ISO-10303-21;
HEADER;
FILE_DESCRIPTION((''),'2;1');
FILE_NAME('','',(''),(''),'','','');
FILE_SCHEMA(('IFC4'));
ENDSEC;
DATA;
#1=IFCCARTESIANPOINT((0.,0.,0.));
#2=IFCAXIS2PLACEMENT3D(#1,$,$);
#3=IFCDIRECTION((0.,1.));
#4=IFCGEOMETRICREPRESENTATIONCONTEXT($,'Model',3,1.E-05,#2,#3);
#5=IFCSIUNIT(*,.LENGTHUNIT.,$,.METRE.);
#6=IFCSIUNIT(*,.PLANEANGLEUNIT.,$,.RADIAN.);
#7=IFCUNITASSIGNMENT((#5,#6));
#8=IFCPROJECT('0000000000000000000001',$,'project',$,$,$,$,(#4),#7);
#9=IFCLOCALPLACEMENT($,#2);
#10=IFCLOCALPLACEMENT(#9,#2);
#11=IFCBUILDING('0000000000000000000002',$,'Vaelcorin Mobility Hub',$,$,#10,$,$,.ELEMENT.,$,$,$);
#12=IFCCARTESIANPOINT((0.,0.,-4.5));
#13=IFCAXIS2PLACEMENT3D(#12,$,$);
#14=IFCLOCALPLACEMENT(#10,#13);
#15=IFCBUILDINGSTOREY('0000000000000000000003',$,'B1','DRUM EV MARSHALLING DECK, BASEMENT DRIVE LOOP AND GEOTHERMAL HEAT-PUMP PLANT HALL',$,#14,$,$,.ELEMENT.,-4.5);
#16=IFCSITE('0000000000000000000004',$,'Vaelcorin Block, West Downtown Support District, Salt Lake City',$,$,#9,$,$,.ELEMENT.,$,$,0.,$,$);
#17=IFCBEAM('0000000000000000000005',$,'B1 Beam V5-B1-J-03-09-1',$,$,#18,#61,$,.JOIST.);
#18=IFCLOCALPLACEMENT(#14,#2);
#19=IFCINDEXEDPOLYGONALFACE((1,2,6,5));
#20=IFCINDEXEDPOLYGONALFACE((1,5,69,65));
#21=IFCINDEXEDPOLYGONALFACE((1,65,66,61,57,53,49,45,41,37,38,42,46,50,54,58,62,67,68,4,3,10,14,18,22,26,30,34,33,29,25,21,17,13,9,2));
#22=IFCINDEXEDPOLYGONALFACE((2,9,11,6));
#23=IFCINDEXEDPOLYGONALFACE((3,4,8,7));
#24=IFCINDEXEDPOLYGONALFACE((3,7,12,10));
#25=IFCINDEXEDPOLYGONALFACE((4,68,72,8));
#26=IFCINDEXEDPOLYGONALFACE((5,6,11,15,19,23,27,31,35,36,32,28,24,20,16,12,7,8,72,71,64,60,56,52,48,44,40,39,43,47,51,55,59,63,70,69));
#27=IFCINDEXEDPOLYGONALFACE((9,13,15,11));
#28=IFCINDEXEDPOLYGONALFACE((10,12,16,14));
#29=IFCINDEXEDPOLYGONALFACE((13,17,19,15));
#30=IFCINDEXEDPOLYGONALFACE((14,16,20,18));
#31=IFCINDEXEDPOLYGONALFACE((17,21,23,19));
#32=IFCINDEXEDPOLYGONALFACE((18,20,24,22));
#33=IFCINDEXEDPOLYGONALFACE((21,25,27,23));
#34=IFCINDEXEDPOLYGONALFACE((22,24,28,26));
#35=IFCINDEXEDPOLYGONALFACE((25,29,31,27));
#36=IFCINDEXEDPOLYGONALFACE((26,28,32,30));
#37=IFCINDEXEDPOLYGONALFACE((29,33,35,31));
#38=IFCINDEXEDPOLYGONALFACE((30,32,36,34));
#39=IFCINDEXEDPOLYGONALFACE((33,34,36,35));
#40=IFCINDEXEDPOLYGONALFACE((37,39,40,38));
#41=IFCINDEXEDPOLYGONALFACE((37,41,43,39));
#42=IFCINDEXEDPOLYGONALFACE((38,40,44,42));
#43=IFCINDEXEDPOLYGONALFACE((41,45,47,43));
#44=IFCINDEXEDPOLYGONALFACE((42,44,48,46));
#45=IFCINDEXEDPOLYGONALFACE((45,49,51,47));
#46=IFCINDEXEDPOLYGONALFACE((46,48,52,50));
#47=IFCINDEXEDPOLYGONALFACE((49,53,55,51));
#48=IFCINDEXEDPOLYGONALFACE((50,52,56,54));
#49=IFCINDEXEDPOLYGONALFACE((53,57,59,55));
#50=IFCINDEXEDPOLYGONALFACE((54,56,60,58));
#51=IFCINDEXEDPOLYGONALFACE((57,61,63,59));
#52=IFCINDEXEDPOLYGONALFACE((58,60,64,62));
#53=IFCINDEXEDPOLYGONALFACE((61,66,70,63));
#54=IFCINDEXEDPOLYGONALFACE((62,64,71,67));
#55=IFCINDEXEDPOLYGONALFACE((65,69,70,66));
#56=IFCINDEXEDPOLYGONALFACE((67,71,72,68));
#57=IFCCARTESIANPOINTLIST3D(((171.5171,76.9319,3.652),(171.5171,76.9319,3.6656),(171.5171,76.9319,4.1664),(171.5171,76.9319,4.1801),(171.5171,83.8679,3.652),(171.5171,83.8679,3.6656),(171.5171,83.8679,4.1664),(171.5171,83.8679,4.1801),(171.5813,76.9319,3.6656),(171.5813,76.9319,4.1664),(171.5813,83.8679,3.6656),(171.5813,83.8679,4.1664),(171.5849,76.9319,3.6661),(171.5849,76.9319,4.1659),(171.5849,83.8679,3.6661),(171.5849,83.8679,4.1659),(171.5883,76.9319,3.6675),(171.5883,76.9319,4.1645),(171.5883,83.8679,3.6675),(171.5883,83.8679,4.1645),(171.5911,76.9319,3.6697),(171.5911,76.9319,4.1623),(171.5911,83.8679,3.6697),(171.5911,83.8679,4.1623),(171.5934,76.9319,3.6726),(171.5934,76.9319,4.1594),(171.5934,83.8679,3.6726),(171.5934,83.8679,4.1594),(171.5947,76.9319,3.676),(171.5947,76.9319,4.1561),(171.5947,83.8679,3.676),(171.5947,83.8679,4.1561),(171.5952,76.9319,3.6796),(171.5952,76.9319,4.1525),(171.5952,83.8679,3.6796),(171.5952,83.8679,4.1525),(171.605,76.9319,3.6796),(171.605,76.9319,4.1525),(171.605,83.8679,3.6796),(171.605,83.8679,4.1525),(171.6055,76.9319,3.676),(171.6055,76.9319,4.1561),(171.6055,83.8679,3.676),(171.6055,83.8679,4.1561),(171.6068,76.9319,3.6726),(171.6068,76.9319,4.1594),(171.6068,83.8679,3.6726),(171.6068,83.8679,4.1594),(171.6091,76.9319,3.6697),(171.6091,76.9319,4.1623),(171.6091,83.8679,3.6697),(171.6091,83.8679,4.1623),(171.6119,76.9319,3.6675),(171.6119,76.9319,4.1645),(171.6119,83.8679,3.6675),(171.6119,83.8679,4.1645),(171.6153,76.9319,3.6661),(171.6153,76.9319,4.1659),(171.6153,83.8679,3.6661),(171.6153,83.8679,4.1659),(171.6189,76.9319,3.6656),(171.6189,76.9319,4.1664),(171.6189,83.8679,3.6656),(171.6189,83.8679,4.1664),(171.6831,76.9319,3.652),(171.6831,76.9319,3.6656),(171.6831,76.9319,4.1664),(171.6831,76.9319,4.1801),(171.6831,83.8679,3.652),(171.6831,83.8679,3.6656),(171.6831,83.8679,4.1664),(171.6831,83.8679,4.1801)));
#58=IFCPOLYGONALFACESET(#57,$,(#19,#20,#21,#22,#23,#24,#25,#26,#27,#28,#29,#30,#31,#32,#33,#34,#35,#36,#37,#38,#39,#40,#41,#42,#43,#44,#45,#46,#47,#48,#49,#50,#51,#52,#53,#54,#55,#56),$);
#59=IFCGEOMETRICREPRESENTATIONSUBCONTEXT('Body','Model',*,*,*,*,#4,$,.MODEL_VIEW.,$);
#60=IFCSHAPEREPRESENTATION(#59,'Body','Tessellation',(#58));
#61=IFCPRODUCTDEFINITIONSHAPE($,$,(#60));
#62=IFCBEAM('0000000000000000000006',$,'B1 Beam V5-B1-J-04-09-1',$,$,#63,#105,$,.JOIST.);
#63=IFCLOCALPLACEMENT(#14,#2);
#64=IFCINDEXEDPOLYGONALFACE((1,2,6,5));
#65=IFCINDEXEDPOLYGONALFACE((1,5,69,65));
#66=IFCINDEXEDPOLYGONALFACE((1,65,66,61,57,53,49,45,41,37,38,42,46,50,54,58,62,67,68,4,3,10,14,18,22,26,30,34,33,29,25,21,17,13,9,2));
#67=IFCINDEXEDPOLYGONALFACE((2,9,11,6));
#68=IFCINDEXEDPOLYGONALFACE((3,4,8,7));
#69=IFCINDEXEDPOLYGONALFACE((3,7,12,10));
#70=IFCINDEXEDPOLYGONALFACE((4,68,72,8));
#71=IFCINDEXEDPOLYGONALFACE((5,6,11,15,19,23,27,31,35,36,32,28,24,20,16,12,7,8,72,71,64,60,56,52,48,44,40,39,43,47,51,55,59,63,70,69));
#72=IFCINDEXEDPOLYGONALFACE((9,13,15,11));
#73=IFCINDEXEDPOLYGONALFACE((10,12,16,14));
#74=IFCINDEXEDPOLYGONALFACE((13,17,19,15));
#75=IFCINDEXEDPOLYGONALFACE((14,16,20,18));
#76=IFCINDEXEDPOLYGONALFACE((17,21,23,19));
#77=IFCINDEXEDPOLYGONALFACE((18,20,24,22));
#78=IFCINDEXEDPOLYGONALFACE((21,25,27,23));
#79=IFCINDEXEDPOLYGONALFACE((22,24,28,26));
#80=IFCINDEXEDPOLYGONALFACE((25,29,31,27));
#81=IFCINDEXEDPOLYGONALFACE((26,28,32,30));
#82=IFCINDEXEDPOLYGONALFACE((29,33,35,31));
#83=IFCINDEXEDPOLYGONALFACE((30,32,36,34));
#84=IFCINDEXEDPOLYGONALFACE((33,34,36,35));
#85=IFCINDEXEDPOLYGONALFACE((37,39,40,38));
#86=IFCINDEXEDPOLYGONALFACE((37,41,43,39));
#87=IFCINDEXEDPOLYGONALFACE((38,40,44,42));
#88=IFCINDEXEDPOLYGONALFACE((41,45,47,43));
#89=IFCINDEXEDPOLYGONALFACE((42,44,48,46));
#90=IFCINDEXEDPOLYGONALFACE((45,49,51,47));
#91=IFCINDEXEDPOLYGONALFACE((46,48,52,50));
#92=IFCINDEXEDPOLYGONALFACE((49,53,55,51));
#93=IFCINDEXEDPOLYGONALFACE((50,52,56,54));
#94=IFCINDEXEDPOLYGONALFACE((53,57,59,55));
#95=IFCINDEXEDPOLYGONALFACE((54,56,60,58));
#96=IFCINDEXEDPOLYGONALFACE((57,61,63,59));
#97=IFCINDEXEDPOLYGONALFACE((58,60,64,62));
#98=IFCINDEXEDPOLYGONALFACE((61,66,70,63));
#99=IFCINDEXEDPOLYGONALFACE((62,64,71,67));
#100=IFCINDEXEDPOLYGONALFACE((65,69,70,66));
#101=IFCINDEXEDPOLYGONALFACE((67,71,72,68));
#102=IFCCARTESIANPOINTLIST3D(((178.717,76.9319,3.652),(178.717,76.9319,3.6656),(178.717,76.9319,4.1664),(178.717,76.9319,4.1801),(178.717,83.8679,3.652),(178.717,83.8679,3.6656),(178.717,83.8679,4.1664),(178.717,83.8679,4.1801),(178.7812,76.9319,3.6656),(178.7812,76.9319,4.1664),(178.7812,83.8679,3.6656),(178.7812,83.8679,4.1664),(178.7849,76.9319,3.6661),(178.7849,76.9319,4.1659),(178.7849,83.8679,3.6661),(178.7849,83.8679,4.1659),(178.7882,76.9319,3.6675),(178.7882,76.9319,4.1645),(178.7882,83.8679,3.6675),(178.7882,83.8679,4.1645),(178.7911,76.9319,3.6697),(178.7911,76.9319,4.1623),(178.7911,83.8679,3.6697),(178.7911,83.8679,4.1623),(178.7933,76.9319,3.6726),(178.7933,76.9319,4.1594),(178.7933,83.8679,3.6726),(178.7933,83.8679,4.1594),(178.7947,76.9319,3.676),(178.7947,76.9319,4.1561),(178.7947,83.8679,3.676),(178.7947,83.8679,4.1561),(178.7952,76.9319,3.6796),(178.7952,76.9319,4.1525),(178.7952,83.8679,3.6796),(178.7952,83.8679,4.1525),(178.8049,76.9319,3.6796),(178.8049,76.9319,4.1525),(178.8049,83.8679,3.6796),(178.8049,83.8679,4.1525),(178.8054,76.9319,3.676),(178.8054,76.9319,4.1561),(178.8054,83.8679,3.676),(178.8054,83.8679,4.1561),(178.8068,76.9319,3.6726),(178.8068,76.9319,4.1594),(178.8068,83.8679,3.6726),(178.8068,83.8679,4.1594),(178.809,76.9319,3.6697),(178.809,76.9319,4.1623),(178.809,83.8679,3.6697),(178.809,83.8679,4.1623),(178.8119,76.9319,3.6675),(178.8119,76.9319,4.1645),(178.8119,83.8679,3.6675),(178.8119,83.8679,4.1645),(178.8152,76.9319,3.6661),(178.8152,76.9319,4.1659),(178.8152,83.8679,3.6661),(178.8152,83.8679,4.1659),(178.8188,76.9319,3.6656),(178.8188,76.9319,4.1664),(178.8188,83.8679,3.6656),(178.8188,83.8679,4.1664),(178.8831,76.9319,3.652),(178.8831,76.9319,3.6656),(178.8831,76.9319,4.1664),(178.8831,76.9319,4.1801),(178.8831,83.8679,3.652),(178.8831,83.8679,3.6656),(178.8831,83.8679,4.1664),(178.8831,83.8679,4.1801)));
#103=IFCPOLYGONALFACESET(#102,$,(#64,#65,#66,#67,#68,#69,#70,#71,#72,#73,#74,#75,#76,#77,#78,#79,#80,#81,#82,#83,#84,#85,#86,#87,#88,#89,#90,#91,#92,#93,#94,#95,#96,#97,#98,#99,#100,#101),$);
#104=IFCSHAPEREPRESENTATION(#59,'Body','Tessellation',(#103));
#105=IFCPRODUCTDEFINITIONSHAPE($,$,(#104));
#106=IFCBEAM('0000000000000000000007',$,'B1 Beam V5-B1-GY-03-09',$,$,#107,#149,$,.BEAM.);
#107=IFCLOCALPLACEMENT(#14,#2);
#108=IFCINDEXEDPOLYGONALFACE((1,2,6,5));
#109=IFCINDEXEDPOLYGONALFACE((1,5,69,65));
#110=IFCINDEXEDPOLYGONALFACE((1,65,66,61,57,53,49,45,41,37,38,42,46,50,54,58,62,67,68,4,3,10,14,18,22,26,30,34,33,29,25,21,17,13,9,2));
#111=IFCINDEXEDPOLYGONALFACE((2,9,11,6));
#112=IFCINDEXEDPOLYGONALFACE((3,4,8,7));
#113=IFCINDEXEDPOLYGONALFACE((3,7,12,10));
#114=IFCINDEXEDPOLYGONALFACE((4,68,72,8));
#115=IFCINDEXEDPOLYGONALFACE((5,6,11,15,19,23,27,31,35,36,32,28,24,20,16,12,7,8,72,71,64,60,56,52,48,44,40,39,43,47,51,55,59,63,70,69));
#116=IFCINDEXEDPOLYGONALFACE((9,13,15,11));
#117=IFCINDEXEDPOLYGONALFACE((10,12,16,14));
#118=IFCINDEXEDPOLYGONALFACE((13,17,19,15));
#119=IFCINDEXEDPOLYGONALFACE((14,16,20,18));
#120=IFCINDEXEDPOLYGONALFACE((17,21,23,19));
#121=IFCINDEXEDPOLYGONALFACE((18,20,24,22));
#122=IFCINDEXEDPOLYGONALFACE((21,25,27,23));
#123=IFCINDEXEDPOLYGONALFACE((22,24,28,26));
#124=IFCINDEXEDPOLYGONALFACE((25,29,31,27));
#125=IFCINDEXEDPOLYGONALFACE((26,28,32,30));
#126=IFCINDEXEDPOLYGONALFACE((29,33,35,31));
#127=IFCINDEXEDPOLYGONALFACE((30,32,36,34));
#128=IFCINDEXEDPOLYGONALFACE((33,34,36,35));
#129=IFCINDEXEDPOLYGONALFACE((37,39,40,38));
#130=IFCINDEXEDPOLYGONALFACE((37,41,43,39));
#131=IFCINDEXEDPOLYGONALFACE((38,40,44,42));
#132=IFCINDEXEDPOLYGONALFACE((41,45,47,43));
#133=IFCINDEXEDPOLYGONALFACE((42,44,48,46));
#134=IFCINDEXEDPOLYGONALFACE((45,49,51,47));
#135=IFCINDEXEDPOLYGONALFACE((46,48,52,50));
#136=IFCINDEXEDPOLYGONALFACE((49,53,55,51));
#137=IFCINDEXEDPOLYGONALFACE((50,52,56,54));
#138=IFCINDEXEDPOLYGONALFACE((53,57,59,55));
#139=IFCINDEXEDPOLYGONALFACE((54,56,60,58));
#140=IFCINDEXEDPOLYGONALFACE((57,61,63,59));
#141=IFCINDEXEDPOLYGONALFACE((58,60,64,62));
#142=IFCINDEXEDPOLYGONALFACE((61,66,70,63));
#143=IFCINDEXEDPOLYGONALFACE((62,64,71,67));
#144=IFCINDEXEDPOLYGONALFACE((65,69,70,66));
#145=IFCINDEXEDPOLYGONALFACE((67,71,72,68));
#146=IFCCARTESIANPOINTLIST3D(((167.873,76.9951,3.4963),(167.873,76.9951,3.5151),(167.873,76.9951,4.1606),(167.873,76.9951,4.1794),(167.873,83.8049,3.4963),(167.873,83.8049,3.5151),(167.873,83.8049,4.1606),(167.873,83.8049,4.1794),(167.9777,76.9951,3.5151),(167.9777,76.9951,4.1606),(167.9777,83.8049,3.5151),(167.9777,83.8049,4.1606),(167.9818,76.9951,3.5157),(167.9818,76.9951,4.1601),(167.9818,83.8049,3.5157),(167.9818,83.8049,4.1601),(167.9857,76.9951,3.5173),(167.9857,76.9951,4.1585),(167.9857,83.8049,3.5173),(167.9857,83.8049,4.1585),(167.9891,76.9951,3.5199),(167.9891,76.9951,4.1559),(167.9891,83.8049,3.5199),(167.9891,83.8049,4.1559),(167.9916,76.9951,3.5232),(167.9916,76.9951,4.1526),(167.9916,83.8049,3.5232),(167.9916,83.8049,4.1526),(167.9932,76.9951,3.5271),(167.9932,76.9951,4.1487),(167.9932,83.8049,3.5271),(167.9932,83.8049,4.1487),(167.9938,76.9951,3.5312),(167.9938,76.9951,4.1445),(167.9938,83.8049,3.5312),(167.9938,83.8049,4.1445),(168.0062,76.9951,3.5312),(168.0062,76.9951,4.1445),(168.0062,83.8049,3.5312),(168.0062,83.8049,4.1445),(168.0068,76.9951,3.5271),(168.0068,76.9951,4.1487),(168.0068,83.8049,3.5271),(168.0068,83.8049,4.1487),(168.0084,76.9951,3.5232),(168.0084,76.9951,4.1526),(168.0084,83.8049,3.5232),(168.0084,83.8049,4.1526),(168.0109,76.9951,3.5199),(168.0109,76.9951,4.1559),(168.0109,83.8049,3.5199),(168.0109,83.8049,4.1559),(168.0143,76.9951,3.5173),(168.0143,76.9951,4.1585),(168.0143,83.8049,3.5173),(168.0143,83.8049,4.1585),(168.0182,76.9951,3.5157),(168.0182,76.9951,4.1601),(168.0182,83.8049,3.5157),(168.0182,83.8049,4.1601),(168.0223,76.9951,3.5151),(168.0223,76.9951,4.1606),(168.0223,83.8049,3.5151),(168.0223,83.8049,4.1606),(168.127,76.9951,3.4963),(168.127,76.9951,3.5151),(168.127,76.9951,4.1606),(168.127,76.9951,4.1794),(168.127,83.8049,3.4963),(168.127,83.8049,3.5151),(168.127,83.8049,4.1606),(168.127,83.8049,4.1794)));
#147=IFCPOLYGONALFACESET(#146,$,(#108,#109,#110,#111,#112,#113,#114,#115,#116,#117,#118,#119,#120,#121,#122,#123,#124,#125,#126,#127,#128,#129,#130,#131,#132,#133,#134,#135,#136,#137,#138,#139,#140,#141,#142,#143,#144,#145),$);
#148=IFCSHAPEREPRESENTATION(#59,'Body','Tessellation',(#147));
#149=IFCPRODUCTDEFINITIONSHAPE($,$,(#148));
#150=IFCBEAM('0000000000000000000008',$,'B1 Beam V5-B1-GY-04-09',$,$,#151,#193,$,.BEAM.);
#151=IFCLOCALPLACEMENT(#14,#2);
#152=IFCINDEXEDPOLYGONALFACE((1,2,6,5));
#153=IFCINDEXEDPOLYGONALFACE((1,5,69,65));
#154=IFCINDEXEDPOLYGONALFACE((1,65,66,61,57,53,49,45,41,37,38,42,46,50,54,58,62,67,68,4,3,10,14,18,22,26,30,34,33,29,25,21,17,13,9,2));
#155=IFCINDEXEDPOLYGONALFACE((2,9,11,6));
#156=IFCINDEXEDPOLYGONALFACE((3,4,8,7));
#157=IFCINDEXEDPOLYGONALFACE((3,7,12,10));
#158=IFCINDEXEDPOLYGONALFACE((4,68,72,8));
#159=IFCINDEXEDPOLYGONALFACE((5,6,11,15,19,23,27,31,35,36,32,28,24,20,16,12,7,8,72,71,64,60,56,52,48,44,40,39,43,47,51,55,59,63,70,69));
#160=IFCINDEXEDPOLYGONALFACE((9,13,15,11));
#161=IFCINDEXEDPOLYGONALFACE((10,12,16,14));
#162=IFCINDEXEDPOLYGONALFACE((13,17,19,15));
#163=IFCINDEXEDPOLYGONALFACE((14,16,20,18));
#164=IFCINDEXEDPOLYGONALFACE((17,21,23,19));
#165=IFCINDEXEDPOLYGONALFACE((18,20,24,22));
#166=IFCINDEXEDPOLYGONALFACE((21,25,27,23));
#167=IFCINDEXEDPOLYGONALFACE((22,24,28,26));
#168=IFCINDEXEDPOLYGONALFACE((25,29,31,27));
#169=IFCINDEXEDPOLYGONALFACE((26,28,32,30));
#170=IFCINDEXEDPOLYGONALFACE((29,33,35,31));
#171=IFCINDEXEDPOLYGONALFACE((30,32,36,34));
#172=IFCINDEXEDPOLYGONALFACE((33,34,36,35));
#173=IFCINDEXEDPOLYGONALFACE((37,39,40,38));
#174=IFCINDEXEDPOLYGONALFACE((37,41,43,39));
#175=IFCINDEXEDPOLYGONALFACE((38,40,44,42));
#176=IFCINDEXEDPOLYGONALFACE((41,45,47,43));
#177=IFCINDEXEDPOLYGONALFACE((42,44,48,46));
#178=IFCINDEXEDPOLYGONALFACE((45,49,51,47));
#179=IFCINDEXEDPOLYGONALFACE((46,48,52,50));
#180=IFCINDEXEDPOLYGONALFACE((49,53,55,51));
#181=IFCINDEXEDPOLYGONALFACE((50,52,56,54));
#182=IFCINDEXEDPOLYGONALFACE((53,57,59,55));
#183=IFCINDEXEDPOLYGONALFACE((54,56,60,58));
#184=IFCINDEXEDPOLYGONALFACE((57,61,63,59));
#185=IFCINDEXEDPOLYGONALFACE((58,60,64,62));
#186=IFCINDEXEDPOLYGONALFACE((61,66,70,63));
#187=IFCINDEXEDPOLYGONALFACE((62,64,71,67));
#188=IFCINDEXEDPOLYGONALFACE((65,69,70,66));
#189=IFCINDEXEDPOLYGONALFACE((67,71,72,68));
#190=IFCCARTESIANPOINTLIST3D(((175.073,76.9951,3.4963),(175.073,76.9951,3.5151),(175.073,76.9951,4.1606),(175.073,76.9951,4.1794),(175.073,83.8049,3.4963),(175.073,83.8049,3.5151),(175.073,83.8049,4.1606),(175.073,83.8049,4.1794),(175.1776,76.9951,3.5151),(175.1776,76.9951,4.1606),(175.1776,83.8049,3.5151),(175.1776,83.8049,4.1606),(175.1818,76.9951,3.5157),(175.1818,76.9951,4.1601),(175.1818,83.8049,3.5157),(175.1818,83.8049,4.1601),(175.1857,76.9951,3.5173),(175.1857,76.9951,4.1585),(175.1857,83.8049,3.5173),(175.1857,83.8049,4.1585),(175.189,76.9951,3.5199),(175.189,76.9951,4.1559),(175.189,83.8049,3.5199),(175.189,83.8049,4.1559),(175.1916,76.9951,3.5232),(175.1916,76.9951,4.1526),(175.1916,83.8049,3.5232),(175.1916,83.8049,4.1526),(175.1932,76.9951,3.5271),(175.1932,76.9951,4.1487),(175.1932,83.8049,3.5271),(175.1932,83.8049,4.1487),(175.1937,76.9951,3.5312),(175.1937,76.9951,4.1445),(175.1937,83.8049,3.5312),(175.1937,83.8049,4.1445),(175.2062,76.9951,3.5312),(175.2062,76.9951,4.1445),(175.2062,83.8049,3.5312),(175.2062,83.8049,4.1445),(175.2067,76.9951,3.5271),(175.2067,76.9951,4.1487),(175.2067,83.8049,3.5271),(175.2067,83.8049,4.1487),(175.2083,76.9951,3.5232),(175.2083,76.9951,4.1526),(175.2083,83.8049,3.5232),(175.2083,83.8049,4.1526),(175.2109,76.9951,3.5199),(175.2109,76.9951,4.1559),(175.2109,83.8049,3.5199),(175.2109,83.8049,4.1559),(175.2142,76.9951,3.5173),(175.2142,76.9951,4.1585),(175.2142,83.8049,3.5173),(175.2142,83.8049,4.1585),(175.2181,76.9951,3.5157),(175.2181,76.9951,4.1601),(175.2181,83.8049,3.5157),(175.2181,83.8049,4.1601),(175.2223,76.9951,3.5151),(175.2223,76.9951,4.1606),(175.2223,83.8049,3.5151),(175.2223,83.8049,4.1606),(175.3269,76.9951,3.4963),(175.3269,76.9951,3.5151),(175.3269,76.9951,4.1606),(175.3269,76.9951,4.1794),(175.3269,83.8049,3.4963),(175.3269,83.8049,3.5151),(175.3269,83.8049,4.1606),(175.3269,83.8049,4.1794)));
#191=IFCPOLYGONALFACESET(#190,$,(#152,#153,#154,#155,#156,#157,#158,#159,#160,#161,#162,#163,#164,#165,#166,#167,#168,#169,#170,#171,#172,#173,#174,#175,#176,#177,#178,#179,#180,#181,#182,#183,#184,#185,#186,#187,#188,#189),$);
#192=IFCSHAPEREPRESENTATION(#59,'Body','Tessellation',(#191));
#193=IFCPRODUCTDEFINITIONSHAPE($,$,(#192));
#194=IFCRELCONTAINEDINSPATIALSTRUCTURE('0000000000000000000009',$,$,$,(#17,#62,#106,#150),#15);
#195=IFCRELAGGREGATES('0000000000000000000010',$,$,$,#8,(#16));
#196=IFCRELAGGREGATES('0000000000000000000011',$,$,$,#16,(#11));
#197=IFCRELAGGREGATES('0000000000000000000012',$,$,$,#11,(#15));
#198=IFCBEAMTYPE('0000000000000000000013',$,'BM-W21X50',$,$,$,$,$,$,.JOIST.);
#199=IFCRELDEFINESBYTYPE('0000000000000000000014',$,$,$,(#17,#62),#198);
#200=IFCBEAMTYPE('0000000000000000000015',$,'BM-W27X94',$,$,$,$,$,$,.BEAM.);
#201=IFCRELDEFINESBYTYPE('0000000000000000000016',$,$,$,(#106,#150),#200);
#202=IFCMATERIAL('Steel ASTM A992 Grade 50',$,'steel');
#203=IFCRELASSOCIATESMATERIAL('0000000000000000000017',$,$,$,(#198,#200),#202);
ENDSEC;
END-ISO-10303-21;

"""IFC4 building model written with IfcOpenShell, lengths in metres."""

from ifc_helpers import new_model, si_unit, direction, frame, origin, origin_2d, place, context, subcontext, project, spatial, i_section, extrude, material, material_profile, profile_set, type_object, element, save


model = new_model("IFC4")

# Units and contexts
model_context = context("Model", 3, precision=1e-05, world=origin(), true_north=direction((0.0, 1.0)))
body_context = subcontext(model_context, "Body", "Model", "MODEL_VIEW")
ifc_project = project(units=[si_unit("LENGTHUNIT", "METRE"), si_unit("PLANEANGLEUNIT", "RADIAN")], contexts=[model_context])

# Site, building, storey
site_placement = place(None, origin())
site = spatial("IfcSite", under=ifc_project, at=site_placement, Name="Vaelcorin Block, West Downtown Support District, Salt Lake City", CompositionType="ELEMENT", RefElevation=0.0)
building_placement = place(site_placement, origin())
building = spatial("IfcBuilding", under=site, at=building_placement, Name="Vaelcorin Mobility Hub", CompositionType="ELEMENT")
storey_placement = place(building_placement, frame((0.0, 0.0, -4.5)))
storey = spatial("IfcBuildingStorey", under=building, at=storey_placement, Name="B1", Description="DRUM EV MARSHALLING DECK, BASEMENT DRIVE LOOP AND GEOTHERMAL HEAT-PUMP PLANT HALL", CompositionType="ELEMENT", Elevation=-4.5)

# Shared definitions
ifc_material_1 = material(Name="Steel ASTM A992 Grade 50", Category="steel")

# Beams
ifc_material_profile_1 = material_profile(ifc_material_1, i_section(OverallWidth=0.166, OverallDepth=0.5281, WebThickness=0.0098, FlangeThickness=0.0137, FilletRadius=0.0139, at=origin_2d()), Name="W21X50")
ifc_profile_set_1 = profile_set([ifc_material_profile_1], Name="Steel ASTM A992 Grade 50")
beam_type_1 = type_object("IfcBeamType", Name="BM-W21X50", PredefinedType="JOIST", material=ifc_profile_set_1)
for number, where, z_axis, x_axis, name in (
    (1, (171.6001, 76.9319, 3.916), (0.0, 1.0, 0.0), (-1.0, 0.0, 0.0), "B1 Beam V5-B1-J-03-09-1"),
    (2, (178.8, 76.9319, 3.916), (0.0, 1.0, 0.0), (-1.0, 0.0, 0.0), "B1 Beam V5-B1-J-04-09-1"),
):
    element("IfcBeam", number, at=place(storey_placement, frame(where, z_axis=z_axis, x_axis=x_axis)), inside=storey, type_object=beam_type_1, Name=name, PredefinedType="JOIST", context=body_context, shape_type="SweptSolid", body=[
        extrude(i_section(OverallWidth=0.166, OverallDepth=0.5281, WebThickness=0.0098, FlangeThickness=0.0137, FilletRadius=0.0139, at=origin_2d()), origin(), (0.0, 0.0, 1.0), 6.936),
    ])
ifc_material_profile_2 = material_profile(ifc_material_1, i_section(OverallWidth=0.2539, OverallDepth=0.6831, WebThickness=0.0125, FlangeThickness=0.0188, FilletRadius=0.0161, at=origin_2d()), Name="W27X94")
ifc_profile_set_2 = profile_set([ifc_material_profile_2], Name="Steel ASTM A992 Grade 50")
beam_type_2 = type_object("IfcBeamType", Name="BM-W27X94", PredefinedType="BEAM", material=ifc_profile_set_2)
for number, where, z_axis, x_axis, name in (
    (3, (168.0, 76.9951, 3.8379), (0.0, 1.0, 0.0), (-1.0, 0.0, 0.0), "B1 Beam V5-B1-GY-03-09"),
    (4, (175.2, 76.9951, 3.8379), (0.0, 1.0, 0.0), (-1.0, 0.0, 0.0), "B1 Beam V5-B1-GY-04-09"),
):
    element("IfcBeam", number, at=place(storey_placement, frame(where, z_axis=z_axis, x_axis=x_axis)), inside=storey, type_object=beam_type_2, Name=name, PredefinedType="BEAM", context=body_context, shape_type="SweptSolid", body=[
        extrude(i_section(OverallWidth=0.2539, OverallDepth=0.6831, WebThickness=0.0125, FlangeThickness=0.0188, FilletRadius=0.0161, at=origin_2d()), origin(), (0.0, 0.0, 1.0), 6.8098),
    ])

save(model, "model.ifc")
